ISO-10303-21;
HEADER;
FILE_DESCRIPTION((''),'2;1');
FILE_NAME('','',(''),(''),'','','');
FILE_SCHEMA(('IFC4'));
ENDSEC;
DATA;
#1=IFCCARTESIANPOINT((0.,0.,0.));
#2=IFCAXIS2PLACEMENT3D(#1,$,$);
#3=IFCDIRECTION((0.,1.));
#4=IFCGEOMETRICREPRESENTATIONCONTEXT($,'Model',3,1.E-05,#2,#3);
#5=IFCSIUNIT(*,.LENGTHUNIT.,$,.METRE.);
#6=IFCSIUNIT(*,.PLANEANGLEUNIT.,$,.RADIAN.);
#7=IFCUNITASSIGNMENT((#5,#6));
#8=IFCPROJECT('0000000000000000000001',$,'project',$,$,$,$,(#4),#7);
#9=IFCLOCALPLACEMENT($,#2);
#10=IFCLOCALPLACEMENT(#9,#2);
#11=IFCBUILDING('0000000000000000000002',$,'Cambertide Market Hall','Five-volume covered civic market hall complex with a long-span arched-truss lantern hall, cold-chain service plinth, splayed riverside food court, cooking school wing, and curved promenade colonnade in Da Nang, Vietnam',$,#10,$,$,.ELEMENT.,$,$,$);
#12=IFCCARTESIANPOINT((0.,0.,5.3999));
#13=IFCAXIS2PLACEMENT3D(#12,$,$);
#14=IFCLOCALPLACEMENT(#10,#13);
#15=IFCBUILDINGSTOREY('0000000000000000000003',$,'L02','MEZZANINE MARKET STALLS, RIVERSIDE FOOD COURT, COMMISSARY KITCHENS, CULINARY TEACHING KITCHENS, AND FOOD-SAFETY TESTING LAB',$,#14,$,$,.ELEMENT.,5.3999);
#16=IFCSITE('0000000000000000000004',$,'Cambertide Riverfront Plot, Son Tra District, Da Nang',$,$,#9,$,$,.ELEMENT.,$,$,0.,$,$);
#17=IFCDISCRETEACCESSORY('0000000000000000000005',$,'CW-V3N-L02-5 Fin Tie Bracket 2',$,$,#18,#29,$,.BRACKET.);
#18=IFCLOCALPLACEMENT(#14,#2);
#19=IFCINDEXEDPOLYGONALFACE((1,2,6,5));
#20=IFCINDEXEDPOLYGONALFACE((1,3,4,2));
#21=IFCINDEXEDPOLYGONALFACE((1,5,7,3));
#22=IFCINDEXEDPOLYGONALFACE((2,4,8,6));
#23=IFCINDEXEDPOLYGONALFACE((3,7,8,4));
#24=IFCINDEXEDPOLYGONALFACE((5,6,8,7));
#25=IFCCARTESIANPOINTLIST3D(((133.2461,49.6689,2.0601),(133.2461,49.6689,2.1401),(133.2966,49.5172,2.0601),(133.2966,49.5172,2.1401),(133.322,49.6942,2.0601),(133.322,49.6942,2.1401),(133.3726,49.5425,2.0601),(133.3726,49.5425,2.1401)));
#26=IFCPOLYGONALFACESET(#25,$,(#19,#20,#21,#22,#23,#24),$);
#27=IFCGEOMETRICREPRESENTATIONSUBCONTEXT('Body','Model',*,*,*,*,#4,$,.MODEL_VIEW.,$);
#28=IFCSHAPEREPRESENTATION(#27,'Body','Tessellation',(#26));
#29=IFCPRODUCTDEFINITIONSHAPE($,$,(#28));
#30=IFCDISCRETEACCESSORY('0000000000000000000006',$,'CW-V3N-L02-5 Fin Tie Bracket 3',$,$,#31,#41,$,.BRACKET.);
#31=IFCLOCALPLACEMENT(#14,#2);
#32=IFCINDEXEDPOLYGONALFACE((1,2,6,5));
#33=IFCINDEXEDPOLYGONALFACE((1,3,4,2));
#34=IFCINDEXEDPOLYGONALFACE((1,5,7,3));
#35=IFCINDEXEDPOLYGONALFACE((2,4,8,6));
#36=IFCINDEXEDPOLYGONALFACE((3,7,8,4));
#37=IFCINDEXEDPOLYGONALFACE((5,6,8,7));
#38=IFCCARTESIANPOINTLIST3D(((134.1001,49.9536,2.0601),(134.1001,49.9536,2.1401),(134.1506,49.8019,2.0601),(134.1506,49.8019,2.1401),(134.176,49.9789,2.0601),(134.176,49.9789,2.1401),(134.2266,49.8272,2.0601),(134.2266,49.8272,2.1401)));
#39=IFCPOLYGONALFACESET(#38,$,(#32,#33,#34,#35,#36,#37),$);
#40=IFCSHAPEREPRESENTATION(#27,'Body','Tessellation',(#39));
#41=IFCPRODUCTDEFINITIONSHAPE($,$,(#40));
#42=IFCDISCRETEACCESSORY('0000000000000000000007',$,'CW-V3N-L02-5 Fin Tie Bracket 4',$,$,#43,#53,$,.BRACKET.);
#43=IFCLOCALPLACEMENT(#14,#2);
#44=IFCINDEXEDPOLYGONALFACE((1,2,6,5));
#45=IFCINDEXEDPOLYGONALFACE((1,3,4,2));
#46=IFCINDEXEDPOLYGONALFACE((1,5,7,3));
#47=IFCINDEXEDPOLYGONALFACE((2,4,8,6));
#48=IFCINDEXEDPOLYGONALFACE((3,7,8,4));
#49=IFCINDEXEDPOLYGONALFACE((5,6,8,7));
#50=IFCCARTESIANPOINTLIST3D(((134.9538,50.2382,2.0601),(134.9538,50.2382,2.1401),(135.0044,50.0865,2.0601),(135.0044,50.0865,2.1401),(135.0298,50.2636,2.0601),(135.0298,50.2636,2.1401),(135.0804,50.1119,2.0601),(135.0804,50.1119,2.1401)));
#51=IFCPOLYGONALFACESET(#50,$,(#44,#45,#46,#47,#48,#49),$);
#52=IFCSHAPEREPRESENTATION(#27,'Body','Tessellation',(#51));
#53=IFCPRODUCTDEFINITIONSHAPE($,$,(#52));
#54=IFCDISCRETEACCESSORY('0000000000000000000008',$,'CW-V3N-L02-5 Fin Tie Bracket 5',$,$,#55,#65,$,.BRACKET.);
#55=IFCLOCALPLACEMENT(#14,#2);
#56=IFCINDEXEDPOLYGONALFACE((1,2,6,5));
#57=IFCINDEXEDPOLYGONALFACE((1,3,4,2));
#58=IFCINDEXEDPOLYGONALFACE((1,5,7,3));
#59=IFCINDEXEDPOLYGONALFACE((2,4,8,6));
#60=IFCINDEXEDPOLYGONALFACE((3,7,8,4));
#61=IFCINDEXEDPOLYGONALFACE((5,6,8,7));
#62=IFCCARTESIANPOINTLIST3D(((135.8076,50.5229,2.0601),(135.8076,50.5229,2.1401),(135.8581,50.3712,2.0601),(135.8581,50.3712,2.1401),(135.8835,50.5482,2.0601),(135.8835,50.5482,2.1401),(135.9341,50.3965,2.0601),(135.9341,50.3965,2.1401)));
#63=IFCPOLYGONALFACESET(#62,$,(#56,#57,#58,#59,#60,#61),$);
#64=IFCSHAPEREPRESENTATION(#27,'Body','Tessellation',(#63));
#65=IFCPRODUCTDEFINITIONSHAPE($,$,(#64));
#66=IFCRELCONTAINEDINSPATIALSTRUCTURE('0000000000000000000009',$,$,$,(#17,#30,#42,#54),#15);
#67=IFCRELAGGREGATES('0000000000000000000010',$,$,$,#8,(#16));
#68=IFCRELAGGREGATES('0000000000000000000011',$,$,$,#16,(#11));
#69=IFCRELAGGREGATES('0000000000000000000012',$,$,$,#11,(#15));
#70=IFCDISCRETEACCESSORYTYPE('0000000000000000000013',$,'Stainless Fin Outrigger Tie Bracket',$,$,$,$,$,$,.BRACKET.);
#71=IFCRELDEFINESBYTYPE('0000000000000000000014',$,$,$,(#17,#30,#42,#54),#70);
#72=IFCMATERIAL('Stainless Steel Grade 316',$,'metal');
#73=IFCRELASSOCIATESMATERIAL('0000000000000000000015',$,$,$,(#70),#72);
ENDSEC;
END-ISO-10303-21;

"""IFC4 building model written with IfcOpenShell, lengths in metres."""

from ifc_helpers import new_model, si_unit, direction, frame, origin, origin_2d, place, context, subcontext, project, spatial, rectangle, extrude, material, type_object, element, save


model = new_model("IFC4")

# Units and contexts
model_context = context("Model", 3, precision=1e-05, world=origin(), true_north=direction((0.0, 1.0)))
body_context = subcontext(model_context, "Body", "Model", "MODEL_VIEW")
ifc_project = project(units=[si_unit("LENGTHUNIT", "METRE"), si_unit("PLANEANGLEUNIT", "RADIAN")], contexts=[model_context])

# Site, building, storey
site_placement = place(None, origin())
site = spatial("IfcSite", under=ifc_project, at=site_placement, Name="Cambertide Riverfront Plot, Son Tra District, Da Nang", CompositionType="ELEMENT", RefElevation=0.0)
building_placement = place(site_placement, origin())
building = spatial("IfcBuilding", under=site, at=building_placement, Name="Cambertide Market Hall", Description="Five-volume covered civic market hall complex with a long-span arched-truss lantern hall, cold-chain service plinth, splayed riverside food court, cooking school wing, and curved promenade colonnade in Da Nang, Vietnam", CompositionType="ELEMENT")
storey_placement = place(building_placement, frame((0.0, 0.0, 5.3999)))
storey = spatial("IfcBuildingStorey", under=building, at=storey_placement, Name="L02", Description="MEZZANINE MARKET STALLS, RIVERSIDE FOOD COURT, COMMISSARY KITCHENS, CULINARY TEACHING KITCHENS, AND FOOD-SAFETY TESTING LAB", CompositionType="ELEMENT", Elevation=5.3999)

# Discrete accessories
ifc_material_1 = material(Name="Stainless Steel Grade 316", Category="metal")
discrete_accessory_type = type_object("IfcDiscreteAccessoryType", Name="Stainless Fin Outrigger Tie Bracket", PredefinedType="BRACKET", material=ifc_material_1)
for number, where, z_axis, x_axis, name in (
    (1, (133.3093, 49.6057, 2.0601), (0.0, 0.0, 1.0), (0.948683, 0.316228, 0.0), "CW-V3N-L02-5 Fin Tie Bracket 2"),
    (2, (134.1633, 49.8904, 2.0601), (0.0, 0.0, 1.0), (0.948683, 0.316228, 0.0), "CW-V3N-L02-5 Fin Tie Bracket 3"),
    (3, (135.0171, 50.175, 2.0601), (0.0, 0.0, 1.0), (0.948683, 0.316228, 0.0), "CW-V3N-L02-5 Fin Tie Bracket 4"),
    (4, (135.8708, 50.4597, 2.0601), (0.0, 0.0, 1.0), (0.948683, 0.316228, 0.0), "CW-V3N-L02-5 Fin Tie Bracket 5"),
):
    element("IfcDiscreteAccessory", number, at=place(storey_placement, frame(where, z_axis=z_axis, x_axis=x_axis)), inside=storey, type_object=discrete_accessory_type, Name=name, PredefinedType="BRACKET", context=body_context, shape_type="SweptSolid", body=[
        extrude(rectangle(XDim=0.0801, YDim=0.1599, at=origin_2d()), origin(), (0.0, 0.0, 1.0), 0.0801),
    ])

save(model, "model.ifc")
